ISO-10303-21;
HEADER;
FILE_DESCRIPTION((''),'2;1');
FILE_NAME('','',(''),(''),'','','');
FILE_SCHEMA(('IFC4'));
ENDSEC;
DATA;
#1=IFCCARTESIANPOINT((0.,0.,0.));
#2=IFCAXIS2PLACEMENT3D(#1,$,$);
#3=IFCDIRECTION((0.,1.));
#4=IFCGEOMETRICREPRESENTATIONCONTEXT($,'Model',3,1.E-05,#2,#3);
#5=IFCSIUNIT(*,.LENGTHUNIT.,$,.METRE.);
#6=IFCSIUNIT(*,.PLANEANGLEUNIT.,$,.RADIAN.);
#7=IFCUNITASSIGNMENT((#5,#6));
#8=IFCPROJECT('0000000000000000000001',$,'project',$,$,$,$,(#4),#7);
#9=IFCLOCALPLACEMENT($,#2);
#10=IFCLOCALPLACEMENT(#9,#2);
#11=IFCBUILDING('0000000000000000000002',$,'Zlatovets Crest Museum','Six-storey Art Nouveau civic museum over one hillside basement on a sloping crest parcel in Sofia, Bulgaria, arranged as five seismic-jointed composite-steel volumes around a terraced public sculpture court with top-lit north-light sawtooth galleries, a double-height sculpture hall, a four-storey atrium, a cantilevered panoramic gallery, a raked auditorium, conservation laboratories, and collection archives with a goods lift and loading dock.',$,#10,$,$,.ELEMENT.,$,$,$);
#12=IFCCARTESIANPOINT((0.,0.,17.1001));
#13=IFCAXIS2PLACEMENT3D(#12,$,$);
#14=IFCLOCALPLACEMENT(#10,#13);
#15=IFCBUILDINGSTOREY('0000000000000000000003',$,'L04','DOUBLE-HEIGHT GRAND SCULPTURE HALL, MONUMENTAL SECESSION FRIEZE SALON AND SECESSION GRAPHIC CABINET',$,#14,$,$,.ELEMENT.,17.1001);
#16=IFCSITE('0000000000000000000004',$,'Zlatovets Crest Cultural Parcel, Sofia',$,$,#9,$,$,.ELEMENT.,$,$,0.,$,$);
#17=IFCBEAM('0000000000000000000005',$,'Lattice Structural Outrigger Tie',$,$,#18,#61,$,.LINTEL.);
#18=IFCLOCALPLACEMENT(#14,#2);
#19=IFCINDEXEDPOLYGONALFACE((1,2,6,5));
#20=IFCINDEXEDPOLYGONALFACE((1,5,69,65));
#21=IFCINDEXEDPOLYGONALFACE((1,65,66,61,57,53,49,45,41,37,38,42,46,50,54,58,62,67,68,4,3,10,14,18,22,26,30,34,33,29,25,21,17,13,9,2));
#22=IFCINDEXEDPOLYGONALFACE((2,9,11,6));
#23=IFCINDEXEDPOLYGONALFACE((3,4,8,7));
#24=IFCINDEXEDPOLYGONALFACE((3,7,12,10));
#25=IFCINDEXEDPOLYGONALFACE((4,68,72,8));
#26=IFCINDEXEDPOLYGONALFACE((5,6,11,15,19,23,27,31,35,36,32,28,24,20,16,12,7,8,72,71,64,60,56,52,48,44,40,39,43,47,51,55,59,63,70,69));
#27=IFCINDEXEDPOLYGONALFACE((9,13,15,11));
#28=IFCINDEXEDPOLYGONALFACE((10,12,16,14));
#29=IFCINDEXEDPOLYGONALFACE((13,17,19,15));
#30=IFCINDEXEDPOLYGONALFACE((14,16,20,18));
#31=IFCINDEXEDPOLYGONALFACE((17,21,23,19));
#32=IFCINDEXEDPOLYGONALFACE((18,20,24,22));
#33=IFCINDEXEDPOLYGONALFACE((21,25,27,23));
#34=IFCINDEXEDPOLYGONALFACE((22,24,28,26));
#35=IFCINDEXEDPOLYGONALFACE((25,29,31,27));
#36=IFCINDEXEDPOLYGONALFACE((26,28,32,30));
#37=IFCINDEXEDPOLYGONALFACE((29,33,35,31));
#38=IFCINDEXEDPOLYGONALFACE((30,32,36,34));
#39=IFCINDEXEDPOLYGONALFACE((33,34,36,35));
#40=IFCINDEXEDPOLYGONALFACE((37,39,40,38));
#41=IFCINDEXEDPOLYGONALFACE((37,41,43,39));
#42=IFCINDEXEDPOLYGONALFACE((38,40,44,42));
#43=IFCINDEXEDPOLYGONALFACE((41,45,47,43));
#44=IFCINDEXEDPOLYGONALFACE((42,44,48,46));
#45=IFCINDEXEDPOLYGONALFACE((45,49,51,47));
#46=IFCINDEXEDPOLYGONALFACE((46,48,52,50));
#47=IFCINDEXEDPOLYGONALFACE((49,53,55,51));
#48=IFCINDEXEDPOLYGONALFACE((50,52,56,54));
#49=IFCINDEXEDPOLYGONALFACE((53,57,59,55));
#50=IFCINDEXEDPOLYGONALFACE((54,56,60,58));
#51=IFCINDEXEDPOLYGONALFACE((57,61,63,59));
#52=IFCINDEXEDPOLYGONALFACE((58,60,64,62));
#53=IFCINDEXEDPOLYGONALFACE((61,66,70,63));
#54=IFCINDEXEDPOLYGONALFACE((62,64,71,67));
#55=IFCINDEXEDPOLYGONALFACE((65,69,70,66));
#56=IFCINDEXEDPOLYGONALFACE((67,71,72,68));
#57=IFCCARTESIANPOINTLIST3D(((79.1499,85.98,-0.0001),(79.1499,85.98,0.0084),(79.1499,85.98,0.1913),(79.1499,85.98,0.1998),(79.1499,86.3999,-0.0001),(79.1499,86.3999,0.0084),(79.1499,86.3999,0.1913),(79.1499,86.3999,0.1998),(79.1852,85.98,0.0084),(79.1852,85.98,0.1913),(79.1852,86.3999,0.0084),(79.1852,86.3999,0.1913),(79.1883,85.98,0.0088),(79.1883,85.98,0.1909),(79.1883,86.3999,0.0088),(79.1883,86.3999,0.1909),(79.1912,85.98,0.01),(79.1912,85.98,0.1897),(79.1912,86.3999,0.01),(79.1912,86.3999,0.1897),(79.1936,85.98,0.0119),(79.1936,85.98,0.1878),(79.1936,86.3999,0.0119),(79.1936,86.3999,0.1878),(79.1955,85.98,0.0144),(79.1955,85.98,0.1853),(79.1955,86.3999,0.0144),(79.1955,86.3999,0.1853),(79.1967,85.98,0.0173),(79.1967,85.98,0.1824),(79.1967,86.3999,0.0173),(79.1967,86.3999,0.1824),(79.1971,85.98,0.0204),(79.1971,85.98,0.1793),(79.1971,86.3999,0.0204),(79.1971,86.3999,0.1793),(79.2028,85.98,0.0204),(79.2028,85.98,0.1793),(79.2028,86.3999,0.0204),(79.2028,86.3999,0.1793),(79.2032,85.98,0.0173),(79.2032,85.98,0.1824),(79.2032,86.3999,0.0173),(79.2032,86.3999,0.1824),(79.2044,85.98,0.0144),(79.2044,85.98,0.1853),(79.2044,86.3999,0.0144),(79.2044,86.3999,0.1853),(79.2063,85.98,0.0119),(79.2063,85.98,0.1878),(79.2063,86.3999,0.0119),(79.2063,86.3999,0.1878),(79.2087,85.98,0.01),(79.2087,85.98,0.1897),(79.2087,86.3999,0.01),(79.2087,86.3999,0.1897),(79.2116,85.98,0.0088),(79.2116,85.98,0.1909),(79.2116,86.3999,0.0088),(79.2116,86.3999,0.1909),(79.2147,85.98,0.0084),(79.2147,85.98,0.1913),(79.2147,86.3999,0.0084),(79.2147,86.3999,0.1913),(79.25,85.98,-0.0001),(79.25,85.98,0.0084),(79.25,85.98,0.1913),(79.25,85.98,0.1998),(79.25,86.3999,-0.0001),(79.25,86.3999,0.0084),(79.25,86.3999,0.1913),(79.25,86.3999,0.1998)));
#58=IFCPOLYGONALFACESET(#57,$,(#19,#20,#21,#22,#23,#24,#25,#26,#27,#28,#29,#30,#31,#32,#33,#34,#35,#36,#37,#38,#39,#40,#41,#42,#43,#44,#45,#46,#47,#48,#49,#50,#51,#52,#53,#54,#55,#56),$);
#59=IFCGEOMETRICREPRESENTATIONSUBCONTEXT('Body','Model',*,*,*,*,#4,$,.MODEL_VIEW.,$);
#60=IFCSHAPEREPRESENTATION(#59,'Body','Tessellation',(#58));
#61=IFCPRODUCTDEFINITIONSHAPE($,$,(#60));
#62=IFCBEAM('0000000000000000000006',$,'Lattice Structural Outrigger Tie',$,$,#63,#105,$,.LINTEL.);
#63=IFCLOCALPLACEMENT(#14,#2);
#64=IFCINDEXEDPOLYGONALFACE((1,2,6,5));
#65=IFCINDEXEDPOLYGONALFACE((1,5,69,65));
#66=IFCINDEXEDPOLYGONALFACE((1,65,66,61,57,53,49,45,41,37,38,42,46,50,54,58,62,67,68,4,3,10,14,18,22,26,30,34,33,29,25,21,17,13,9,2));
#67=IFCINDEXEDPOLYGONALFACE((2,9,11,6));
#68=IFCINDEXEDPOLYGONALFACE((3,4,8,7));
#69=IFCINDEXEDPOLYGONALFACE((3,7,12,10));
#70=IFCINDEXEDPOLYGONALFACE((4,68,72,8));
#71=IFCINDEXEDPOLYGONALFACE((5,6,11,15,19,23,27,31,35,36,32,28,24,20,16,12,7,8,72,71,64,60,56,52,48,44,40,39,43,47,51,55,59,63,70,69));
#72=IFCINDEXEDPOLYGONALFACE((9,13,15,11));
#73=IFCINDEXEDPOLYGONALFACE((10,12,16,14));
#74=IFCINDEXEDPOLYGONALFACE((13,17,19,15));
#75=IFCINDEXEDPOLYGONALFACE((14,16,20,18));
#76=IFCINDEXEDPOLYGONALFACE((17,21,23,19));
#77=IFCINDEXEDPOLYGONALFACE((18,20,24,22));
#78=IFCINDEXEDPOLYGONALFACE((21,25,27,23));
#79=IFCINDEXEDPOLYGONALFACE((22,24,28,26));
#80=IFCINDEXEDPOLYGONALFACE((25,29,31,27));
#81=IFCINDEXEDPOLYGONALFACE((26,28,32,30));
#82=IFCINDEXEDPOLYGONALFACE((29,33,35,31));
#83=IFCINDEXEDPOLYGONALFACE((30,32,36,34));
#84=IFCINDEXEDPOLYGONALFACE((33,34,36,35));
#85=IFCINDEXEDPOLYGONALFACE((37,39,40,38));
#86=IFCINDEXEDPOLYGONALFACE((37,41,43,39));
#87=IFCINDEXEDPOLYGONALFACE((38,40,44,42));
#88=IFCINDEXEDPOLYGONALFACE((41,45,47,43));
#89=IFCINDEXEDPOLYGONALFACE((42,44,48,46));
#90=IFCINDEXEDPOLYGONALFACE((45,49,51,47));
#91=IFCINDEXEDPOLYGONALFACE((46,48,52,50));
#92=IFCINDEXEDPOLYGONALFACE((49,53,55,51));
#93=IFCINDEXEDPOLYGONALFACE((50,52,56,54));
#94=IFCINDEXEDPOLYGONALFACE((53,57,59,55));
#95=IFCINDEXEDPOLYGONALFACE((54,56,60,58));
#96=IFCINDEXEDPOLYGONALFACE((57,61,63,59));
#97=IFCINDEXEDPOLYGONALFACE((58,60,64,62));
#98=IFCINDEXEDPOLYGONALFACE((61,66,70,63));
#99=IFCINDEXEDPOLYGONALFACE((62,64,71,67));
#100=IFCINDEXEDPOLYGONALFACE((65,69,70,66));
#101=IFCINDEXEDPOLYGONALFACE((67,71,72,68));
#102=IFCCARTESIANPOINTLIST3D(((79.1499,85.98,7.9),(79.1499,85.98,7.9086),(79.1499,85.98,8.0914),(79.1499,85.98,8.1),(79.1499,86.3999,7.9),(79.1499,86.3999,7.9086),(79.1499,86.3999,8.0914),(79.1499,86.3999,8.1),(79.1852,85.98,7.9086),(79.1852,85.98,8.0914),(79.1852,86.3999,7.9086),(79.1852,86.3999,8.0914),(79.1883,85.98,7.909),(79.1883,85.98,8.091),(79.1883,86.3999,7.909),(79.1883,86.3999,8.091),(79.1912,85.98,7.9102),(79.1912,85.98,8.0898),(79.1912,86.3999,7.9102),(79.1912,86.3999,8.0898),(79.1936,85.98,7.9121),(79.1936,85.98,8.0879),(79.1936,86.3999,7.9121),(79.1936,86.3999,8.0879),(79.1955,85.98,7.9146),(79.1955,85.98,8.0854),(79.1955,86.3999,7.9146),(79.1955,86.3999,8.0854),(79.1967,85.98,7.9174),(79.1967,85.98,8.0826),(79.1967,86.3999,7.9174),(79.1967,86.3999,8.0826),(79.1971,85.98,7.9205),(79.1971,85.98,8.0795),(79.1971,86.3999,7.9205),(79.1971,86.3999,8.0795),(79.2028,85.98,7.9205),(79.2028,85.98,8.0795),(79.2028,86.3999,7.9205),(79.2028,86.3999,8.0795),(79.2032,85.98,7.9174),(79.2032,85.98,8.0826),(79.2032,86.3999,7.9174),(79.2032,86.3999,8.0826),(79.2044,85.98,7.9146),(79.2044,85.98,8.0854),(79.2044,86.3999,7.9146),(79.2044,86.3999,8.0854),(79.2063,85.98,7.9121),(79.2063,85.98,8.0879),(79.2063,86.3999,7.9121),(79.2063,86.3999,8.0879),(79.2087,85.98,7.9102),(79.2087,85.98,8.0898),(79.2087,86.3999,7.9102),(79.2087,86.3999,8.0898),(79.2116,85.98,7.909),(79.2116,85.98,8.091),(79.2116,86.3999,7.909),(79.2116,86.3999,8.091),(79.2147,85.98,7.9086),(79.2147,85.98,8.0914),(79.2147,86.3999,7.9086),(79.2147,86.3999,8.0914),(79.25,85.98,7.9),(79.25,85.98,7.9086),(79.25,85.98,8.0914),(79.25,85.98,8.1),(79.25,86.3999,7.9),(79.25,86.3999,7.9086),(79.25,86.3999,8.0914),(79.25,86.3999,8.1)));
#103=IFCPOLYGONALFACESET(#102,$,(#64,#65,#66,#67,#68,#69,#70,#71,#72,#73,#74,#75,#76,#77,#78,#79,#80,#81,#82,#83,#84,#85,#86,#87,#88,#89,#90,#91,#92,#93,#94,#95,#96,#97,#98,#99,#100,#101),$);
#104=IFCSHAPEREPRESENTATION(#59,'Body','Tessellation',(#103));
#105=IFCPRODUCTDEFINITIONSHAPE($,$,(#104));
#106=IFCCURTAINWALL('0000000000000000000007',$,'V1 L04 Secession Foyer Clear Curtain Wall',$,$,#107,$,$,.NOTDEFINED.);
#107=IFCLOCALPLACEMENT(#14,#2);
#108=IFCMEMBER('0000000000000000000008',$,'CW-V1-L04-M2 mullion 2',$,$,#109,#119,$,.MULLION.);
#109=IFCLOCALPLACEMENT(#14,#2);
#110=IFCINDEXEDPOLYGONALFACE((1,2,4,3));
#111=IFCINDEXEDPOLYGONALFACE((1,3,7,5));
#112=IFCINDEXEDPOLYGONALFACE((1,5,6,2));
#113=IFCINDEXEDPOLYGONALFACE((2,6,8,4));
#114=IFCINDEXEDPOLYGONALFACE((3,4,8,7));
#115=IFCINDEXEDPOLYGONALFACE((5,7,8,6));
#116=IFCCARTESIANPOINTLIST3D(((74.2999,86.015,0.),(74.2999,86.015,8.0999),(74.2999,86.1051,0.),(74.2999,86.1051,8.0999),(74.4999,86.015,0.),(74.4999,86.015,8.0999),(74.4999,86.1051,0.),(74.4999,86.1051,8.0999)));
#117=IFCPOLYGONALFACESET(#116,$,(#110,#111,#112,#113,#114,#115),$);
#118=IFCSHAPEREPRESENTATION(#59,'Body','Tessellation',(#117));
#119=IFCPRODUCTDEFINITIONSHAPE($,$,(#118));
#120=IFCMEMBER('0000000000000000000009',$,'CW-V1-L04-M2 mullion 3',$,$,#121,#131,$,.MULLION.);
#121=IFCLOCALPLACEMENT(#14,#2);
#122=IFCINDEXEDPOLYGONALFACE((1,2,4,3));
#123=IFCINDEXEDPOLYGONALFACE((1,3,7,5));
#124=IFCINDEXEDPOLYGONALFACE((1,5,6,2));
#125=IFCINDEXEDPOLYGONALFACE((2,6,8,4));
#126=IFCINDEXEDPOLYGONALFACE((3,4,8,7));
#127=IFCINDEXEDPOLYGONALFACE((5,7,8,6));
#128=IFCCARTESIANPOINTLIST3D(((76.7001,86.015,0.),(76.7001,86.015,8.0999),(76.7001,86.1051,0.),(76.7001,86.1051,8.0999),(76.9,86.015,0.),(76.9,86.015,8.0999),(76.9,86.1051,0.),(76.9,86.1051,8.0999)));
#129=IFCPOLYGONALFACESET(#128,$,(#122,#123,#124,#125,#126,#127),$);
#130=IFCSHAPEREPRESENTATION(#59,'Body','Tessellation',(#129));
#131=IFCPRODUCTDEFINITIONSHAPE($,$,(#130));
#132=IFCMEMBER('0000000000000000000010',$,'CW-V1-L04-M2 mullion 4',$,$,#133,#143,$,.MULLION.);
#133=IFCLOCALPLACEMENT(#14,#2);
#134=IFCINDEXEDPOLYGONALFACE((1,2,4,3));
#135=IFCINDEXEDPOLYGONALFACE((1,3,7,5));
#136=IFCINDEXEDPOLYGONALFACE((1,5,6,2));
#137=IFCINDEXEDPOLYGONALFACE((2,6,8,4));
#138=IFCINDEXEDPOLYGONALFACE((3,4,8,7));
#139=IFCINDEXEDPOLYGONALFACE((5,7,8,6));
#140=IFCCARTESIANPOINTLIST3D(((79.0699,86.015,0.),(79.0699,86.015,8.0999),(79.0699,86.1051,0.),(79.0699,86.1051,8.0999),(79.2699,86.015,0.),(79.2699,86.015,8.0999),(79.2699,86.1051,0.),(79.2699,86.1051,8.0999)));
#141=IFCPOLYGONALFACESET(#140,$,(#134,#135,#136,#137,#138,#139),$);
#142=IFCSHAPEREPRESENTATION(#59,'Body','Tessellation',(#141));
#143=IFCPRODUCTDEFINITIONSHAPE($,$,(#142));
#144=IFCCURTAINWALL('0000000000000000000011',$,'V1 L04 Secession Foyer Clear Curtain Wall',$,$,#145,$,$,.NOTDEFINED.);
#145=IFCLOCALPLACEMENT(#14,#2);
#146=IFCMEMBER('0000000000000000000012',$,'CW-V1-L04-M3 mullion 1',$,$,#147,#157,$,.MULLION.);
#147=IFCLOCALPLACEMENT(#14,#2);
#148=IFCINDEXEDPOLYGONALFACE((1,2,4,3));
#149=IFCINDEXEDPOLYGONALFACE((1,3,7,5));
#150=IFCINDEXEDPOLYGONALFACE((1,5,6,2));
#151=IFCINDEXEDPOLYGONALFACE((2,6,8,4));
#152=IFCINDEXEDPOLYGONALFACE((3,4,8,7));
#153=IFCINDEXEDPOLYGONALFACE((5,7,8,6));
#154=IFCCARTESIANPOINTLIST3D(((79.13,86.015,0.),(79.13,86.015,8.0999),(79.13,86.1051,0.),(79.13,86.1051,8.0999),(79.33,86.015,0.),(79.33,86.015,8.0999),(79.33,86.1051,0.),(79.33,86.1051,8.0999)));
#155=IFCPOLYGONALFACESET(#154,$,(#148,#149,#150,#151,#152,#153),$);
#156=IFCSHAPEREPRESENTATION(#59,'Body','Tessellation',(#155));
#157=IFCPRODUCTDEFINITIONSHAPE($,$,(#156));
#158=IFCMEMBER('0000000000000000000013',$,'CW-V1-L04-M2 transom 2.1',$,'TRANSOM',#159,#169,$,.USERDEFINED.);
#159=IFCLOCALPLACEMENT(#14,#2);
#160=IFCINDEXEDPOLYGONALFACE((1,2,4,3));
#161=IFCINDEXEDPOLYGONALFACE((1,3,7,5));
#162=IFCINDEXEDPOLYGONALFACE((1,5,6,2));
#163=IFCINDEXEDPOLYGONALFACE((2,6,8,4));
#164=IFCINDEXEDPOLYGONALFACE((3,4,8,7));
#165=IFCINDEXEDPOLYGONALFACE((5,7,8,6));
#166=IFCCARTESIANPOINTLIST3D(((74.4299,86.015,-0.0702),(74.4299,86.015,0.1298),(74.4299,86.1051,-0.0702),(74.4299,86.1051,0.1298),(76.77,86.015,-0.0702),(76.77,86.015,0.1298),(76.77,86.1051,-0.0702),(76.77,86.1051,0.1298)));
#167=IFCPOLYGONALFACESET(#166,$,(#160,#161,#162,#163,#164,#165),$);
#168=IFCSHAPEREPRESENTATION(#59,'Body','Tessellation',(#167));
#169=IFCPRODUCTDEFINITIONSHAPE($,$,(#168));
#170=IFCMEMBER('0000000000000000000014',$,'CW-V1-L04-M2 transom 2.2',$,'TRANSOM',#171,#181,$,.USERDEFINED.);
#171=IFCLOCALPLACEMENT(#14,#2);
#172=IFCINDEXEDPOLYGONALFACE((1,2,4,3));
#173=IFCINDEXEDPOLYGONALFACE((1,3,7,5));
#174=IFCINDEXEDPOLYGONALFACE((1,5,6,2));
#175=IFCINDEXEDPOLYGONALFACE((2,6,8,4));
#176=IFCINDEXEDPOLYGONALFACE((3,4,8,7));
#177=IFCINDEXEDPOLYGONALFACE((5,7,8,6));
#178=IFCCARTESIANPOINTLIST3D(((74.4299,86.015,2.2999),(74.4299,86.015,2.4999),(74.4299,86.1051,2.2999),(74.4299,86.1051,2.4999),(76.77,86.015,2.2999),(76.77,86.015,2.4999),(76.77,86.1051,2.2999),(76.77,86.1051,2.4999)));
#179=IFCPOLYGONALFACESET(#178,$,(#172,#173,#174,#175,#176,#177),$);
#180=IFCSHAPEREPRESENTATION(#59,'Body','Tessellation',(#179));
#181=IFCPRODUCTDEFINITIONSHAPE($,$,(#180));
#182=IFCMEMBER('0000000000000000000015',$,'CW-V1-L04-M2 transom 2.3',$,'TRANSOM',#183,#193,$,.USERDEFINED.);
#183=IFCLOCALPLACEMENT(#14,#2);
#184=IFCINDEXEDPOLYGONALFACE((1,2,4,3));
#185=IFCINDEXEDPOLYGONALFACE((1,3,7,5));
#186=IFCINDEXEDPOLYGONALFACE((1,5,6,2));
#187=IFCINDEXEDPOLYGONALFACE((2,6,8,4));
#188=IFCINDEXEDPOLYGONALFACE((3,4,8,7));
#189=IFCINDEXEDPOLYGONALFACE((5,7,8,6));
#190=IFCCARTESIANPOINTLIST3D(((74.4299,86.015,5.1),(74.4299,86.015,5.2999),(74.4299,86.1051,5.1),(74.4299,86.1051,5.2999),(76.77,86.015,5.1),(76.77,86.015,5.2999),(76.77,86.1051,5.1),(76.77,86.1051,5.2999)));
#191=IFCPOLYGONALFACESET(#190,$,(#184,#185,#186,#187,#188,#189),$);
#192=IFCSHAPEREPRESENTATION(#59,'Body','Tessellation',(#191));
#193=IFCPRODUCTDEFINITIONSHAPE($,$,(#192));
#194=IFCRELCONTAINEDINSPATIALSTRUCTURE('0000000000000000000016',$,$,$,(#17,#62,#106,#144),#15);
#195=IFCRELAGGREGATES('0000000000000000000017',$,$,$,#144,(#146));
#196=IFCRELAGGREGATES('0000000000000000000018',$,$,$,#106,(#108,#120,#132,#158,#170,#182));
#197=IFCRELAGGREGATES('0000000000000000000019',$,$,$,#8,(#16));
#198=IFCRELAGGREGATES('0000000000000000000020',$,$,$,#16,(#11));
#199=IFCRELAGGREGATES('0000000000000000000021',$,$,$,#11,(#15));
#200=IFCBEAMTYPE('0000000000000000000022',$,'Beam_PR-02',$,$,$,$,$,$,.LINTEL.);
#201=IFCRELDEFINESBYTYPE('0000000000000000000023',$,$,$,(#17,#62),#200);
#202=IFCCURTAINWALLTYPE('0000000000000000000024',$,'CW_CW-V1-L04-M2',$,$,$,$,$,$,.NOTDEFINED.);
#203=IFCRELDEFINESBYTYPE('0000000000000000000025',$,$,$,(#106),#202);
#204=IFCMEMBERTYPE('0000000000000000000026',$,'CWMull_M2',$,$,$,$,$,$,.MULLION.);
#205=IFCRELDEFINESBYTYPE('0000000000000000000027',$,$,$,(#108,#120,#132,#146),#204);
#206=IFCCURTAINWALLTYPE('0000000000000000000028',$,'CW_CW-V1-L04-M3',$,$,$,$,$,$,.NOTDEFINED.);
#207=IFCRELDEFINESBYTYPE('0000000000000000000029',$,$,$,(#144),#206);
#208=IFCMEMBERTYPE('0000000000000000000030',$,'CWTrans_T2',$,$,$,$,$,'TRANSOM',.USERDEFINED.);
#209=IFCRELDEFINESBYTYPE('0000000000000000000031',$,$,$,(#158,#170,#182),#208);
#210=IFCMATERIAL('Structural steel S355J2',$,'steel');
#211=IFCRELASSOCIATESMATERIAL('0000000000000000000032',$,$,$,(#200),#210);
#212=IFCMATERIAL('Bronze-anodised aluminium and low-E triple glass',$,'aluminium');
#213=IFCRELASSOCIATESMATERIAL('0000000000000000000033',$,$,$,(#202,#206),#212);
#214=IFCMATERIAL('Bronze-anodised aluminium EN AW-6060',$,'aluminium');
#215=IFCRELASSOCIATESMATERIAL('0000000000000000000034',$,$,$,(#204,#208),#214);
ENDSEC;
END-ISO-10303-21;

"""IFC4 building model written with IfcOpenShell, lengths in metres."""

from ifc_helpers import new_model, si_unit, direction, frame, origin, origin_2d, place, context, subcontext, project, spatial, rectangle, i_section, extrude, material, material_profile, profile_set, type_object, element, aggregate, save


model = new_model("IFC4")

# Units and contexts
model_context = context("Model", 3, precision=1e-05, world=origin(), true_north=direction((0.0, 1.0)))
body_context = subcontext(model_context, "Body", "Model", "MODEL_VIEW")
ifc_project = project(units=[si_unit("LENGTHUNIT", "METRE"), si_unit("PLANEANGLEUNIT", "RADIAN")], contexts=[model_context])

# Site, building, storey
site_placement = place(None, origin())
site = spatial("IfcSite", under=ifc_project, at=site_placement, Name="Zlatovets Crest Cultural Parcel, Sofia", CompositionType="ELEMENT", RefElevation=0.0)
building_placement = place(site_placement, origin())
building = spatial("IfcBuilding", under=site, at=building_placement, Name="Zlatovets Crest Museum", Description="Six-storey Art Nouveau civic museum over one hillside basement on a sloping crest parcel in Sofia, Bulgaria, arranged as five seismic-jointed composite-steel volumes around a terraced public sculpture court with top-lit north-light sawtooth galleries, a double-height sculpture hall, a four-storey atrium, a cantilevered panoramic gallery, a raked auditorium, conservation laboratories, and collection archives with a goods lift and loading dock.", CompositionType="ELEMENT")
storey_placement = place(building_placement, frame((0.0, 0.0, 17.1001)))
storey = spatial("IfcBuildingStorey", under=building, at=storey_placement, Name="L04", Description="DOUBLE-HEIGHT GRAND SCULPTURE HALL, MONUMENTAL SECESSION FRIEZE SALON AND SECESSION GRAPHIC CABINET", CompositionType="ELEMENT", Elevation=17.1001)

# Shared definitions
ifc_material_1 = material(Name="Structural steel S355J2", Category="steel")

# Beams
ifc_material_profile_1 = material_profile(ifc_material_1, i_section(OverallWidth=0.1001, OverallDepth=0.2, WebThickness=0.0056, FlangeThickness=0.0085, FilletRadius=0.012, at=origin_2d()), Name="IPE 200")
ifc_profile_set_1 = profile_set([ifc_material_profile_1], Name="Structural steel S355J2")
beam_type_1 = type_object("IfcBeamType", Name="Beam_PR-02", PredefinedType="LINTEL", material=ifc_profile_set_1)
for number, where, z_axis, x_axis, name in (
    (1, (79.2, 86.3999, 0.0999), (0.0, -1.0, 0.0), (1.0, 0.0, 0.0), "Lattice Structural Outrigger Tie"),
    (2, (79.2, 86.3999, 8.0), (0.0, -1.0, 0.0), (1.0, 0.0, 0.0), "Lattice Structural Outrigger Tie"),
):
    element("IfcBeam", number, at=place(storey_placement, frame(where, z_axis=z_axis, x_axis=x_axis)), inside=storey, type_object=beam_type_1, Name=name, PredefinedType="LINTEL", context=body_context, shape_type="SweptSolid", body=[
        extrude(i_section(OverallWidth=0.1001, OverallDepth=0.2, WebThickness=0.0056, FlangeThickness=0.0085, FilletRadius=0.012, at=origin_2d()), origin(), (0.0, 0.0, 1.0), 0.4199),
    ])

# Curtain wall, members
ifc_material_2 = material(Name="Bronze-anodised aluminium and low-E triple glass", Category="aluminium")
curtain_wall_type_1 = type_object("IfcCurtainWallType", Name="CW_CW-V1-L04-M2", PredefinedType="NOTDEFINED", material=ifc_material_2)
curtain_wall_1_placement = place(storey_placement, origin())
curtain_wall_1 = element("IfcCurtainWall", 3, at=curtain_wall_1_placement, inside=storey, type_object=curtain_wall_type_1, Name="V1 L04 Secession Foyer Clear Curtain Wall", PredefinedType="NOTDEFINED")
ifc_material_3 = material(Name="Bronze-anodised aluminium EN AW-6060", Category="aluminium")
ifc_material_profile_2 = material_profile(ifc_material_3, rectangle(XDim=0.0901, YDim=0.2, at=origin_2d()), Name="ALU 90x200")
ifc_profile_set_2 = profile_set([ifc_material_profile_2], Name="Bronze-anodised aluminium EN AW-6060")
member_type_1 = type_object("IfcMemberType", Name="CWMull_M2", PredefinedType="MULLION", material=ifc_profile_set_2)
member_1_placement = place(storey_placement, frame((74.3999, 86.0601, 0.0), z_axis=(0.0, 0.0, 1.0), x_axis=(0.0, 1.0, 0.0)))
member_1 = element("IfcMember", 4, at=member_1_placement, type_object=member_type_1, Name="CW-V1-L04-M2 mullion 2", PredefinedType="MULLION", context=body_context, shape_type="SweptSolid", body=[
    extrude(rectangle(XDim=0.0901, YDim=0.2, at=origin_2d()), origin(), (0.0, 0.0, 1.0), 8.0999),
])
member_2_placement = place(storey_placement, frame((76.8, 86.0601, 0.0), z_axis=(0.0, 0.0, 1.0), x_axis=(0.0, 1.0, 0.0)))
member_2 = element("IfcMember", 5, at=member_2_placement, type_object=member_type_1, Name="CW-V1-L04-M2 mullion 3", PredefinedType="MULLION", context=body_context, shape_type="SweptSolid", body=[
    extrude(rectangle(XDim=0.0901, YDim=0.2, at=origin_2d()), origin(), (0.0, 0.0, 1.0), 8.0999),
])
member_3_placement = place(storey_placement, frame((79.1699, 86.0601, 0.0), z_axis=(0.0, 0.0, 1.0), x_axis=(0.0, 1.0, 0.0)))
member_3 = element("IfcMember", 6, at=member_3_placement, type_object=member_type_1, Name="CW-V1-L04-M2 mullion 4", PredefinedType="MULLION", context=body_context, shape_type="SweptSolid", body=[
    extrude(rectangle(XDim=0.0901, YDim=0.2, at=origin_2d()), origin(), (0.0, 0.0, 1.0), 8.0999),
])

# Curtain wall, member
curtain_wall_type_2 = type_object("IfcCurtainWallType", Name="CW_CW-V1-L04-M3", PredefinedType="NOTDEFINED", material=ifc_material_2)
curtain_wall_2_placement = place(storey_placement, origin())
curtain_wall_2 = element("IfcCurtainWall", 7, at=curtain_wall_2_placement, inside=storey, type_object=curtain_wall_type_2, Name="V1 L04 Secession Foyer Clear Curtain Wall", PredefinedType="NOTDEFINED")
member_4_placement = place(storey_placement, frame((79.23, 86.0601, 0.0), z_axis=(0.0, 0.0, 1.0), x_axis=(0.0, 1.0, 0.0)))
member_4 = element("IfcMember", 8, at=member_4_placement, type_object=member_type_1, Name="CW-V1-L04-M3 mullion 1", PredefinedType="MULLION", context=body_context, shape_type="SweptSolid", body=[
    extrude(rectangle(XDim=0.0901, YDim=0.2, at=origin_2d()), origin(), (0.0, 0.0, 1.0), 8.0999),
])

# Members
ifc_material_profile_3 = material_profile(ifc_material_3, rectangle(XDim=0.0901, YDim=0.2, at=origin_2d()), Name="ALU 90x200")
ifc_profile_set_3 = profile_set([ifc_material_profile_3], Name="Bronze-anodised aluminium EN AW-6060")
member_type_2 = type_object("IfcMemberType", Name="CWTrans_T2", ElementType="TRANSOM", PredefinedType="USERDEFINED", material=ifc_profile_set_3)
member_5_placement = place(storey_placement, frame((74.4299, 86.0601, 0.0298), z_axis=(1.0, 0.0, 0.0), x_axis=(0.0, 1.0, 0.0)))
member_5 = element("IfcMember", 9, at=member_5_placement, type_object=member_type_2, Name="CW-V1-L04-M2 transom 2.1", ObjectType="TRANSOM", PredefinedType="USERDEFINED", context=body_context, shape_type="SweptSolid", body=[
    extrude(rectangle(XDim=0.0901, YDim=0.2, at=origin_2d()), origin(), (0.0, 0.0, 1.0), 2.3401),
])
member_6_placement = place(storey_placement, frame((74.4299, 86.0601, 2.3999), z_axis=(1.0, 0.0, 0.0), x_axis=(0.0, 1.0, 0.0)))
member_6 = element("IfcMember", 10, at=member_6_placement, type_object=member_type_2, Name="CW-V1-L04-M2 transom 2.2", ObjectType="TRANSOM", PredefinedType="USERDEFINED", context=body_context, shape_type="SweptSolid", body=[
    extrude(rectangle(XDim=0.0901, YDim=0.2, at=origin_2d()), origin(), (0.0, 0.0, 1.0), 2.3401),
])
member_7_placement = place(storey_placement, frame((74.4299, 86.0601, 5.2), z_axis=(1.0, 0.0, 0.0), x_axis=(0.0, 1.0, 0.0)))
member_7 = element("IfcMember", 11, at=member_7_placement, type_object=member_type_2, Name="CW-V1-L04-M2 transom 2.3", ObjectType="TRANSOM", PredefinedType="USERDEFINED", context=body_context, shape_type="SweptSolid", body=[
    extrude(rectangle(XDim=0.0901, YDim=0.2, at=origin_2d()), origin(), (0.0, 0.0, 1.0), 2.3401),
])
aggregate(curtain_wall_2, [member_4])

aggregate(curtain_wall_1, [member_1, member_2, member_3, member_5, member_6, member_7])

save(model, "model.ifc")
